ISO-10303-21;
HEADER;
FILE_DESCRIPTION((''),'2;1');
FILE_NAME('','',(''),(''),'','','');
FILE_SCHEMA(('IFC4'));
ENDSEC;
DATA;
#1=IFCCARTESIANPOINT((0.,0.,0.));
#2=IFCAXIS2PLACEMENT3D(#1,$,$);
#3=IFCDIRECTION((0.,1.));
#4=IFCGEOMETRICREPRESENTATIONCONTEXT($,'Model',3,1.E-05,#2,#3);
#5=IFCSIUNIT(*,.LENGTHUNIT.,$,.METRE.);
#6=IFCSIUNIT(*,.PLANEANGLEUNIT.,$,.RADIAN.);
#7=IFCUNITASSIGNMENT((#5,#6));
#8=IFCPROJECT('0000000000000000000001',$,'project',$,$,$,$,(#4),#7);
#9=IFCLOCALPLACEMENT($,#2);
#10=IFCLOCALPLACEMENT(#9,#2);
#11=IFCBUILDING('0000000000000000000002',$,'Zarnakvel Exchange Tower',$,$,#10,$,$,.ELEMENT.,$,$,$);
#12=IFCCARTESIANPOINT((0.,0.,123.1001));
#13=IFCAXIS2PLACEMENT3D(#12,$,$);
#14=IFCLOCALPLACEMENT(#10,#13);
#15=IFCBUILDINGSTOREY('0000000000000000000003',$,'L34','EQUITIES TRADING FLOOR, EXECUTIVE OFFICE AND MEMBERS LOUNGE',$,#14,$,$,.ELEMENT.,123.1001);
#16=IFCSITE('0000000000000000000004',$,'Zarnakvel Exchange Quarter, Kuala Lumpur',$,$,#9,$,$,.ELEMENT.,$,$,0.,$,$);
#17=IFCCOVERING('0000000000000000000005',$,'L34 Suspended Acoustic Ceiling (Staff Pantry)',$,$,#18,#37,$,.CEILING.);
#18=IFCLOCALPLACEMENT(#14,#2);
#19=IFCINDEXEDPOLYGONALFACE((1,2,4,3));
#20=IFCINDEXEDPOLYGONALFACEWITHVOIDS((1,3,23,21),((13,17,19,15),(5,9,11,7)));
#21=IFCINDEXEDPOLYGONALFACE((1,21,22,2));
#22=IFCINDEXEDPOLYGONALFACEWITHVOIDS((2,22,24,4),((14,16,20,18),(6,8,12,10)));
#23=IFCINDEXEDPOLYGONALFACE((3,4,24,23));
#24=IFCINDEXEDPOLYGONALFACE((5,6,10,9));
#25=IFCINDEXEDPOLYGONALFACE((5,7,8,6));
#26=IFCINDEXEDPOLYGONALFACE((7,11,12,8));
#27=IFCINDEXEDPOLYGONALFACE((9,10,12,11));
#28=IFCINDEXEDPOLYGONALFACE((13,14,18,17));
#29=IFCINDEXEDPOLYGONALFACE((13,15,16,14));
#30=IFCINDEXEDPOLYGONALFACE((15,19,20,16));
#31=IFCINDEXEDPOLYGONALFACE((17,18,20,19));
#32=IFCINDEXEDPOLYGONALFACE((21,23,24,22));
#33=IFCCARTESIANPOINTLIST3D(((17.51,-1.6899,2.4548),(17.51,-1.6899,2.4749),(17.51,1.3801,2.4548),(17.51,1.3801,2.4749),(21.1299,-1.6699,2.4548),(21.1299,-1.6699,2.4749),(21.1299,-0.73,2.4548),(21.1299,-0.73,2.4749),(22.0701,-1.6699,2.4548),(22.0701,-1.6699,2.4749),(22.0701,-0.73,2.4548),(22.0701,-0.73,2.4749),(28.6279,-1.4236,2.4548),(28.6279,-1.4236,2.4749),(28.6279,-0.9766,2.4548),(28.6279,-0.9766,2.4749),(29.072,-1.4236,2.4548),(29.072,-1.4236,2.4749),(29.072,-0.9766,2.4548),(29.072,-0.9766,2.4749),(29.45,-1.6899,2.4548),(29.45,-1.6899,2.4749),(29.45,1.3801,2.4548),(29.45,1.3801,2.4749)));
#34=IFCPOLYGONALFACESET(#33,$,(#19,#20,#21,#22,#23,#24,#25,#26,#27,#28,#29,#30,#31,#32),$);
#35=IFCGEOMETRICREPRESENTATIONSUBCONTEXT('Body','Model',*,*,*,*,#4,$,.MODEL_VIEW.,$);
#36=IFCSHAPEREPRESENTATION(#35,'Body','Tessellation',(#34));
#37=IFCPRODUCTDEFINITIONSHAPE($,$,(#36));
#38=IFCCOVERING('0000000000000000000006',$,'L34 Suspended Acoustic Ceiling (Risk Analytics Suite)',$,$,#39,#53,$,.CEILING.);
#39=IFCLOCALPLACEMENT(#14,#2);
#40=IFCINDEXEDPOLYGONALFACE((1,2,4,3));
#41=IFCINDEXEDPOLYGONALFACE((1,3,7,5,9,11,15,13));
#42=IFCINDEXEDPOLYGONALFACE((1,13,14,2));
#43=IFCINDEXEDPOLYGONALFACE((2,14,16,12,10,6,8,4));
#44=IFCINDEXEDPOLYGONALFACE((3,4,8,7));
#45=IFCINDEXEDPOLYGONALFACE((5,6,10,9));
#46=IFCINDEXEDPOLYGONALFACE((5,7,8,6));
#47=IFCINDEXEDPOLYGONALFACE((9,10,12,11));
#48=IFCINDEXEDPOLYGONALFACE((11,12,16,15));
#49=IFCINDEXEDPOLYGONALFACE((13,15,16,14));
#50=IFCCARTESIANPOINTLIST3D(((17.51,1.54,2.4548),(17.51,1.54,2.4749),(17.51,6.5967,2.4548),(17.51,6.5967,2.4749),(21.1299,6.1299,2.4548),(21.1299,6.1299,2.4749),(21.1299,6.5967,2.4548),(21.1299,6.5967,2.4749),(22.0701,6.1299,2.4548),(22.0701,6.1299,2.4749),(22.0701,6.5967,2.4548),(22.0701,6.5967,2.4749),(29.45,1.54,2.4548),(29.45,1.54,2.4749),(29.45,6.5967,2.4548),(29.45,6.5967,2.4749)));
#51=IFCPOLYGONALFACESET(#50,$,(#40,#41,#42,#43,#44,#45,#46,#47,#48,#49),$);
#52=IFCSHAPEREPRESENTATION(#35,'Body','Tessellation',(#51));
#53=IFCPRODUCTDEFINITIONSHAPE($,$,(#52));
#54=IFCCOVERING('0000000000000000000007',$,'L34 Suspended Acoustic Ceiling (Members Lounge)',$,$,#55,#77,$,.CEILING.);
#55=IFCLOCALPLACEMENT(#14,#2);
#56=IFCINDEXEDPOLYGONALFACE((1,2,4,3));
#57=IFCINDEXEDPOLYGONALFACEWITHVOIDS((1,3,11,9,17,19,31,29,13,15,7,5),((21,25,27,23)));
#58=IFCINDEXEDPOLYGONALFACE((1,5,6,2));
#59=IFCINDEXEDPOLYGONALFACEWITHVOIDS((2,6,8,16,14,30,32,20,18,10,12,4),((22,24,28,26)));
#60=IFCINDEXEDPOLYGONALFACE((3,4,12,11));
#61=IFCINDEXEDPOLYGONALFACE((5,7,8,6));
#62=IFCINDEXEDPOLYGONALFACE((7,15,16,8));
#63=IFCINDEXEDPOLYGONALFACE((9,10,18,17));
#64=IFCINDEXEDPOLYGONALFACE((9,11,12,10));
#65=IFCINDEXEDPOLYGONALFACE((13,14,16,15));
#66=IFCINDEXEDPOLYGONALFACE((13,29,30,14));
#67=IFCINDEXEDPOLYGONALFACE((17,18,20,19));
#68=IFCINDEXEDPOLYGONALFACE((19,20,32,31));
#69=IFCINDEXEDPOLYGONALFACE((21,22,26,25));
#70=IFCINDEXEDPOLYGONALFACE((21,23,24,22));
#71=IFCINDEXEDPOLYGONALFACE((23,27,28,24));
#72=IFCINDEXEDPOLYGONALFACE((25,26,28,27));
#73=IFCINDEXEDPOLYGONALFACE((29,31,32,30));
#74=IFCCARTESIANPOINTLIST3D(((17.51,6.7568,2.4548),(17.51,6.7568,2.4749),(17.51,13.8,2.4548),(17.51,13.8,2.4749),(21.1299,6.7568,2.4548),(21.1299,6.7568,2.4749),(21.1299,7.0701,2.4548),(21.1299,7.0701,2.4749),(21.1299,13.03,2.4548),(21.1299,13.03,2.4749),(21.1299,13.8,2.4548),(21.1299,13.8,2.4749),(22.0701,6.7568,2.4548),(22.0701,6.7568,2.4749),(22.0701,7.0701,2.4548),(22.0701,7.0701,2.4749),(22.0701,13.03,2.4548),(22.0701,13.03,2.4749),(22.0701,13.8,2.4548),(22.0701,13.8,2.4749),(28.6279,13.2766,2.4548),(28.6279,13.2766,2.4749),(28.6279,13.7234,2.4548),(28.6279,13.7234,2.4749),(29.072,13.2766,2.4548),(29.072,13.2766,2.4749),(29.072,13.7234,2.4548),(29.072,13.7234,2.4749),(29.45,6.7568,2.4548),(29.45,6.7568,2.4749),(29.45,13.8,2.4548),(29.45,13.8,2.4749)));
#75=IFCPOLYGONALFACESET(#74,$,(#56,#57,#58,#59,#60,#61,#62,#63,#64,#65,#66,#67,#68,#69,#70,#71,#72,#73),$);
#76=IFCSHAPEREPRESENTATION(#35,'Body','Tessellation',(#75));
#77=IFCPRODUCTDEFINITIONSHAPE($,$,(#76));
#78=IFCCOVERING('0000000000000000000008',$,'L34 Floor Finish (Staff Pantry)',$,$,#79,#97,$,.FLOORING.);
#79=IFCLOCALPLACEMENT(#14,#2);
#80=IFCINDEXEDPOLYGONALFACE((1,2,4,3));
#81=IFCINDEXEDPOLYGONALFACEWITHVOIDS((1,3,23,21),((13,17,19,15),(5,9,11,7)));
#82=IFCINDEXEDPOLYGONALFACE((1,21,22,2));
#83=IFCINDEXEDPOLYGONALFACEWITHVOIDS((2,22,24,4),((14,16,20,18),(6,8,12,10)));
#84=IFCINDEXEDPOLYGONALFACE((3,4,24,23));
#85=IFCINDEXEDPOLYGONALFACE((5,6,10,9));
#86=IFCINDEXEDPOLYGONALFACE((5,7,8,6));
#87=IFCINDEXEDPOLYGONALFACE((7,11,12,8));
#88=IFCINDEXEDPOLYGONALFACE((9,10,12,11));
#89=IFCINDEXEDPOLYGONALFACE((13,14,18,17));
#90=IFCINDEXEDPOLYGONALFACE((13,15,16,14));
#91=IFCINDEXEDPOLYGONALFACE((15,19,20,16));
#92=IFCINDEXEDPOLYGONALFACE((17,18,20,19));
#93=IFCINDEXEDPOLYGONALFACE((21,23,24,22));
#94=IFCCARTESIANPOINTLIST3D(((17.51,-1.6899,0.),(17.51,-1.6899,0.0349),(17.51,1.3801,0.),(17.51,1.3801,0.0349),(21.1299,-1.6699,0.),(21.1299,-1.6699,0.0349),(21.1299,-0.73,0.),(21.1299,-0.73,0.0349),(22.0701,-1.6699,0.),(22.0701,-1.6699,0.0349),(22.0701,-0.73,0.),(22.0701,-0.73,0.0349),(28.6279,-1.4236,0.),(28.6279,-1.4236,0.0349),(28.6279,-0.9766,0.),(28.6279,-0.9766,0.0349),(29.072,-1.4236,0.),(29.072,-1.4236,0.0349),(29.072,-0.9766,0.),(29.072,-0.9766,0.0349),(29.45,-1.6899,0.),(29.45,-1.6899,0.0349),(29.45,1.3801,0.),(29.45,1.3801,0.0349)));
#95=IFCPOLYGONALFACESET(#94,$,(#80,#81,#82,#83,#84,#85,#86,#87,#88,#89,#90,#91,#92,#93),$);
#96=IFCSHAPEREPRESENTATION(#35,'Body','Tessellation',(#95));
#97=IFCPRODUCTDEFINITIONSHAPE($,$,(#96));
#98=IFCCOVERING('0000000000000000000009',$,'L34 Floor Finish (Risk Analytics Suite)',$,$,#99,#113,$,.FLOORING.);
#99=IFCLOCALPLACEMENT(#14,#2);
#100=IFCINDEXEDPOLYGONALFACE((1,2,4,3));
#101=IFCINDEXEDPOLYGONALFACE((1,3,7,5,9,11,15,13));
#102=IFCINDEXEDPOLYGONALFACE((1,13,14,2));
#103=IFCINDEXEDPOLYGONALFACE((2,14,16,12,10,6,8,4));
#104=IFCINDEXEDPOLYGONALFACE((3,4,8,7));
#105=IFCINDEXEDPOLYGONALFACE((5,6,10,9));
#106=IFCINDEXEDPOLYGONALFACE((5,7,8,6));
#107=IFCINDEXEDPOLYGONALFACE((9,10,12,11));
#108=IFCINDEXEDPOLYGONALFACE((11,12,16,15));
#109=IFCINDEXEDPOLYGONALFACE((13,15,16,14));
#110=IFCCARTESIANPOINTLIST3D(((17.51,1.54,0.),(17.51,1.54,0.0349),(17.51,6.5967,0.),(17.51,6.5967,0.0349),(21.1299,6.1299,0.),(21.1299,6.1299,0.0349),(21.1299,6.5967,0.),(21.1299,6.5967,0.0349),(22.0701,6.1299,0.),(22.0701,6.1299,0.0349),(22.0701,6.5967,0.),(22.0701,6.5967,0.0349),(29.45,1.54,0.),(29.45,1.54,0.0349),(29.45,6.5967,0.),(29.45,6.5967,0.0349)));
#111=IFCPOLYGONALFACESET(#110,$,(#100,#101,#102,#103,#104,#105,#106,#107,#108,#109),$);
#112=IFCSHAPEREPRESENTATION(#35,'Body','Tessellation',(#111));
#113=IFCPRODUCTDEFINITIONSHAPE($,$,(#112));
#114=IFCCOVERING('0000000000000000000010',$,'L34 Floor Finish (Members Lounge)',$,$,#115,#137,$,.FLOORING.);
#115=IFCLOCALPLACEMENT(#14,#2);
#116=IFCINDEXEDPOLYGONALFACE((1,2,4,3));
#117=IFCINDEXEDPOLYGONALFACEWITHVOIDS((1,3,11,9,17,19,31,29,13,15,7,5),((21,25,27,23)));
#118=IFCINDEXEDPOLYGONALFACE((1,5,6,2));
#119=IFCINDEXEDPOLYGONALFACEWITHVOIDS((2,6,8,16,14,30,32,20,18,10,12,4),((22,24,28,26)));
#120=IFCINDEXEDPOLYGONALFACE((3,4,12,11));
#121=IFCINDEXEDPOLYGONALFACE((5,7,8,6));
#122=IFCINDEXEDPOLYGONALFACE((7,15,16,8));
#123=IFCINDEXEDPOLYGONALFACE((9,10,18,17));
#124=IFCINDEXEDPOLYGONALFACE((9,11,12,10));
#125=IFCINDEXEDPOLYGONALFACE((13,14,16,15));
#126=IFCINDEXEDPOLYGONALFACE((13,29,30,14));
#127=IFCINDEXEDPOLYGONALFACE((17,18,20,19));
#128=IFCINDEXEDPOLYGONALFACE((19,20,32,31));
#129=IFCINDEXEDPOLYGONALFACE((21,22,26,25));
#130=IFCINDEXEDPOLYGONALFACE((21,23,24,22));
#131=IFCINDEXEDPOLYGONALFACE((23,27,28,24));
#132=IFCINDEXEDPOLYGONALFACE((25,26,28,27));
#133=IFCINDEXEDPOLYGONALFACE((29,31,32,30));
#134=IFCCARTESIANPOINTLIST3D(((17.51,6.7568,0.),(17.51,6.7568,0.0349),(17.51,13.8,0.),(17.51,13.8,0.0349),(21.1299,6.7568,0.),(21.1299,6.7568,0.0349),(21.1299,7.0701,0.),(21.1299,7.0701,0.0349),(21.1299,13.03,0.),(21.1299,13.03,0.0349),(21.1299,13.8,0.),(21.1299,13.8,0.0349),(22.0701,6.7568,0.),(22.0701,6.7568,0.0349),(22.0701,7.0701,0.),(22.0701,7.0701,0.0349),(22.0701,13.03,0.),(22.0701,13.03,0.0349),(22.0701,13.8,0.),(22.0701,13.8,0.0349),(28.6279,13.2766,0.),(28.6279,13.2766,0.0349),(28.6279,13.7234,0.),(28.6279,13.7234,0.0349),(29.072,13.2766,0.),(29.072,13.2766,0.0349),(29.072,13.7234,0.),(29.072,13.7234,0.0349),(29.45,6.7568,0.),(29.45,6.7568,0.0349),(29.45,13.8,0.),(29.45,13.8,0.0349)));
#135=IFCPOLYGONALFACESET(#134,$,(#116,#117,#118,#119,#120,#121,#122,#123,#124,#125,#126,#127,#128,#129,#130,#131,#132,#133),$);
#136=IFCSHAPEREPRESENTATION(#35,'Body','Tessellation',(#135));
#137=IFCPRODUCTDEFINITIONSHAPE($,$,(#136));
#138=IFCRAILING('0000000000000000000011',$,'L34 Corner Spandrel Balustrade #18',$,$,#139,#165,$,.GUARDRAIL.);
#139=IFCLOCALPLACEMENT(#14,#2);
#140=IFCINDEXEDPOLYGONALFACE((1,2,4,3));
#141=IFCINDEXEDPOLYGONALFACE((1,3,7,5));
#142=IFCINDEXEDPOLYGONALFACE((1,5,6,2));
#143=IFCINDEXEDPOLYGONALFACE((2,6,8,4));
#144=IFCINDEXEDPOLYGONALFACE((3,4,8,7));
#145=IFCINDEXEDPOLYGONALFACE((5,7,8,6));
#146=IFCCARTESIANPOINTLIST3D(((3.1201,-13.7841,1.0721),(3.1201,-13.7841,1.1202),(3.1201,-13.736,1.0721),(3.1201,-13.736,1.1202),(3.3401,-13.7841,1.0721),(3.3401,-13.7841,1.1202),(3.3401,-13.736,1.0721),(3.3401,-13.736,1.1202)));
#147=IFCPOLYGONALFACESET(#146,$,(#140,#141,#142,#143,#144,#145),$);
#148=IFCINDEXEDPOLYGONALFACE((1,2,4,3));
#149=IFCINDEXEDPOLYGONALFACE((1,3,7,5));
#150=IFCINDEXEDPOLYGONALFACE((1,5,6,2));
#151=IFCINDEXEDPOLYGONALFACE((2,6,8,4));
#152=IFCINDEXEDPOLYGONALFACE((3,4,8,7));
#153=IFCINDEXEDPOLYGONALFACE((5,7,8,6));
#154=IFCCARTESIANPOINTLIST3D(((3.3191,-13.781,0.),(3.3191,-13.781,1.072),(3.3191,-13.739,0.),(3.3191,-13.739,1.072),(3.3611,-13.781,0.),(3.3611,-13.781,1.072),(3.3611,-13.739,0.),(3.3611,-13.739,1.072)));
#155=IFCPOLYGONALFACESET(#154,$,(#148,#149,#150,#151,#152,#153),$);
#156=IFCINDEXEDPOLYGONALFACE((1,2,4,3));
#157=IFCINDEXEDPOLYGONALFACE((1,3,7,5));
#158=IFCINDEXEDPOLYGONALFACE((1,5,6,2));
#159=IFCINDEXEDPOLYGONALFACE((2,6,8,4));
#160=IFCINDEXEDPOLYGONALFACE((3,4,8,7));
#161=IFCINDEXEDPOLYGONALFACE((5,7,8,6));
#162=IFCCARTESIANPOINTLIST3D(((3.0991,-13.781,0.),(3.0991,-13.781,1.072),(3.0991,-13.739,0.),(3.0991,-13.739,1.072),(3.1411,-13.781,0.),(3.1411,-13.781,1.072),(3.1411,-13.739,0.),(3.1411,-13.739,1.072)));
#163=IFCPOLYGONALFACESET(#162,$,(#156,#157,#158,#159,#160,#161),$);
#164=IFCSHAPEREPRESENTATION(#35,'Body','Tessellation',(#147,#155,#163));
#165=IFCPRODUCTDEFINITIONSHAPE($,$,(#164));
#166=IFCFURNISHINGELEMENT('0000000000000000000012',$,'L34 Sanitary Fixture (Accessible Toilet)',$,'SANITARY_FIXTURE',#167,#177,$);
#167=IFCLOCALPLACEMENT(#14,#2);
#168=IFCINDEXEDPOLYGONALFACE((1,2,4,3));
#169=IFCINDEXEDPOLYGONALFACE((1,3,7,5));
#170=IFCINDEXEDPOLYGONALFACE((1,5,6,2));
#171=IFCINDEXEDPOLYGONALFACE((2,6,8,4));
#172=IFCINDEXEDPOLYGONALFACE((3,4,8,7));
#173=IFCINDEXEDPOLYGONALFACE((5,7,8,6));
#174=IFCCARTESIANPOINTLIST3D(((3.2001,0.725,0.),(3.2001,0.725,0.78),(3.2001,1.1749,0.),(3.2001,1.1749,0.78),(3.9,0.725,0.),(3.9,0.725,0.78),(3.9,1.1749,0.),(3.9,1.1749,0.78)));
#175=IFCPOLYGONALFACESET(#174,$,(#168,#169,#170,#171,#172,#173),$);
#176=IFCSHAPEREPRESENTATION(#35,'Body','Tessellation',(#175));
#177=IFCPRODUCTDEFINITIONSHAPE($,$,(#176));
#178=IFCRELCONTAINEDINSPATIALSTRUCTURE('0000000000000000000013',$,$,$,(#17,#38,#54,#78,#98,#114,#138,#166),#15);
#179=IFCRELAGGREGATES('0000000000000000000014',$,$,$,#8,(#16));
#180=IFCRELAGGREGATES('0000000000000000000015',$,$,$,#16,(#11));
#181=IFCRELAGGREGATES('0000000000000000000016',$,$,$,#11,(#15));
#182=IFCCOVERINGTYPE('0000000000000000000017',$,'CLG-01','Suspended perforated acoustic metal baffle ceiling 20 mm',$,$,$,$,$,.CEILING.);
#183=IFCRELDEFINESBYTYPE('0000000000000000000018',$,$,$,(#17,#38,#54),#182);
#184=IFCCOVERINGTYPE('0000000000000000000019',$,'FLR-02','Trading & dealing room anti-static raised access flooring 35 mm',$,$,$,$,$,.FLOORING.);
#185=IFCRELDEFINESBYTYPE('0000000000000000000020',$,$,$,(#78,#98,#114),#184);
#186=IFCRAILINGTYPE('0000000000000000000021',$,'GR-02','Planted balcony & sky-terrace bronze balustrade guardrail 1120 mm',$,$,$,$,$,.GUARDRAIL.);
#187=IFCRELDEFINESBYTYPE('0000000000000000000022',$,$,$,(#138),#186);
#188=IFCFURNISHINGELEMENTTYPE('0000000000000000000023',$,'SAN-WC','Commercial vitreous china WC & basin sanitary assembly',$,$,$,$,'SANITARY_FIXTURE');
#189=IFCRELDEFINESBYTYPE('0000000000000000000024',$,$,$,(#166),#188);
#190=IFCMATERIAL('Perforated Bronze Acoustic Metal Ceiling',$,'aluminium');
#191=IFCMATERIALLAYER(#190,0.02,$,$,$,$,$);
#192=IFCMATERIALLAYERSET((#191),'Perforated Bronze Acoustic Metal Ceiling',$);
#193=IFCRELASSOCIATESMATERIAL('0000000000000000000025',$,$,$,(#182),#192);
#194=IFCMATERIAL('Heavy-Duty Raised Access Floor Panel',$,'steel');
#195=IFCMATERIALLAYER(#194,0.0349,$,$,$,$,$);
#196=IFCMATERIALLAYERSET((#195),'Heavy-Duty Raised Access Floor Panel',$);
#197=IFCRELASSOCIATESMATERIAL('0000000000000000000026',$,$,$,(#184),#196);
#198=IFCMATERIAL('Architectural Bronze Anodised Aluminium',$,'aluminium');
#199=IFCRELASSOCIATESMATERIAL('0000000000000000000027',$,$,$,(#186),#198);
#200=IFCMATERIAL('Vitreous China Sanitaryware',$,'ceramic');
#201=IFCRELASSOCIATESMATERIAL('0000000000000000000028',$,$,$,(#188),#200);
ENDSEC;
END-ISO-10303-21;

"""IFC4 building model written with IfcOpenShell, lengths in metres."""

from ifc_helpers import new_model, si_unit, direction, frame, origin, origin_2d, place, context, subcontext, project, spatial, polyline, rectangle, outline, extrude, source, transform, mapped, material, layer, layer_set, type_object, element, save


model = new_model("IFC4")

# Units and contexts
model_context = context("Model", 3, precision=1e-05, world=origin(), true_north=direction((0.0, 1.0)))
body_context = subcontext(model_context, "Body", "Model", "MODEL_VIEW")
ifc_project = project(units=[si_unit("LENGTHUNIT", "METRE"), si_unit("PLANEANGLEUNIT", "RADIAN")], contexts=[model_context])

# Site, building, storey
site_placement = place(None, origin())
site = spatial("IfcSite", under=ifc_project, at=site_placement, Name="Zarnakvel Exchange Quarter, Kuala Lumpur", CompositionType="ELEMENT", RefElevation=0.0)
building_placement = place(site_placement, origin())
building = spatial("IfcBuilding", under=site, at=building_placement, Name="Zarnakvel Exchange Tower", CompositionType="ELEMENT")
storey_placement = place(building_placement, frame((0.0, 0.0, 123.1001)))
storey = spatial("IfcBuildingStorey", under=building, at=storey_placement, Name="L34", Description="EQUITIES TRADING FLOOR, EXECUTIVE OFFICE AND MEMBERS LOUNGE", CompositionType="ELEMENT", Elevation=123.1001)

# Coverings
ifc_material_1 = material(Name="Perforated Bronze Acoustic Metal Ceiling", Category="aluminium")
ifc_layer_1 = layer(ifc_material_1, 0.02)
ifc_layer_set_1 = layer_set([ifc_layer_1], Name="Perforated Bronze Acoustic Metal Ceiling")
covering_type_1 = type_object("IfcCoveringType", Name="CLG-01", Description="Suspended perforated acoustic metal baffle ceiling 20 mm", PredefinedType="CEILING", material=ifc_layer_set_1)
covering_1_placement = place(storey_placement, frame((0.0, 0.0, 2.4548)))
element("IfcCovering", 1, at=covering_1_placement, inside=storey, type_object=covering_type_1, Name="L34 Suspended Acoustic Ceiling (Staff Pantry)", PredefinedType="CEILING", context=body_context, shape_type="SweptSolid", body=[
    extrude(outline(polyline([(17.51, 1.3801), (29.45, 1.3801), (29.45, -1.6899), (17.51, -1.6899), (17.51, 1.3801)]), holes=[polyline([(28.6279, -1.4236), (29.072, -1.4236), (29.072, -0.9766), (28.6279, -0.9766), (28.6279, -1.4236)]), polyline([(22.0701, -1.6699), (22.0701, -0.73), (21.1299, -0.73), (21.1299, -1.6699), (22.0701, -1.6699)])]), origin(), (0.0, 0.0, 1.0), 0.02),
])
covering_2_placement = place(storey_placement, frame((0.0, 0.0, 2.4548)))
element("IfcCovering", 2, at=covering_2_placement, inside=storey, type_object=covering_type_1, Name="L34 Suspended Acoustic Ceiling (Risk Analytics Suite)", PredefinedType="CEILING", context=body_context, shape_type="SweptSolid", body=[
    extrude(outline(polyline([(17.51, 6.5967), (21.1299, 6.5967), (21.1299, 6.1299), (22.0701, 6.1299), (22.0701, 6.5967), (29.45, 6.5967), (29.45, 1.54), (17.51, 1.54), (17.51, 6.5967)])), origin(), (0.0, 0.0, 1.0), 0.02),
])
covering_3_placement = place(storey_placement, frame((0.0, 0.0, 2.4548)))
element("IfcCovering", 3, at=covering_3_placement, inside=storey, type_object=covering_type_1, Name="L34 Suspended Acoustic Ceiling (Members Lounge)", PredefinedType="CEILING", context=body_context, shape_type="SweptSolid", body=[
    extrude(outline(polyline([(17.51, 13.8), (21.1299, 13.8), (21.1299, 13.03), (22.0701, 13.03), (22.0701, 13.8), (29.45, 13.8), (29.45, 6.7568), (22.0701, 6.7568), (22.0701, 7.0701), (21.1299, 7.0701), (21.1299, 6.7568), (17.51, 6.7568), (17.51, 13.8)]), holes=[polyline([(28.6279, 13.2766), (29.072, 13.2766), (29.072, 13.7234), (28.6279, 13.7234), (28.6279, 13.2766)])]), origin(), (0.0, 0.0, 1.0), 0.02),
])
ifc_material_2 = material(Name="Heavy-Duty Raised Access Floor Panel", Category="steel")
ifc_layer_2 = layer(ifc_material_2, 0.0349)
ifc_layer_set_2 = layer_set([ifc_layer_2], Name="Heavy-Duty Raised Access Floor Panel")
covering_type_2 = type_object("IfcCoveringType", Name="FLR-02", Description="Trading & dealing room anti-static raised access flooring 35 mm", PredefinedType="FLOORING", material=ifc_layer_set_2)
covering_4_placement = place(storey_placement, origin())
element("IfcCovering", 4, at=covering_4_placement, inside=storey, type_object=covering_type_2, Name="L34 Floor Finish (Staff Pantry)", PredefinedType="FLOORING", context=body_context, shape_type="SweptSolid", body=[
    extrude(outline(polyline([(17.51, 1.3801), (29.45, 1.3801), (29.45, -1.6899), (17.51, -1.6899), (17.51, 1.3801)]), holes=[polyline([(28.6279, -1.4236), (29.072, -1.4236), (29.072, -0.9766), (28.6279, -0.9766), (28.6279, -1.4236)]), polyline([(22.0701, -1.6699), (22.0701, -0.73), (21.1299, -0.73), (21.1299, -1.6699), (22.0701, -1.6699)])]), origin(), (0.0, 0.0, 1.0), 0.0349),
])
covering_5_placement = place(storey_placement, origin())
element("IfcCovering", 5, at=covering_5_placement, inside=storey, type_object=covering_type_2, Name="L34 Floor Finish (Risk Analytics Suite)", PredefinedType="FLOORING", context=body_context, shape_type="SweptSolid", body=[
    extrude(outline(polyline([(17.51, 6.5967), (21.1299, 6.5967), (21.1299, 6.1299), (22.0701, 6.1299), (22.0701, 6.5967), (29.45, 6.5967), (29.45, 1.54), (17.51, 1.54), (17.51, 6.5967)])), origin(), (0.0, 0.0, 1.0), 0.0349),
])
covering_6_placement = place(storey_placement, origin())
element("IfcCovering", 6, at=covering_6_placement, inside=storey, type_object=covering_type_2, Name="L34 Floor Finish (Members Lounge)", PredefinedType="FLOORING", context=body_context, shape_type="SweptSolid", body=[
    extrude(outline(polyline([(17.51, 13.8), (21.1299, 13.8), (21.1299, 13.03), (22.0701, 13.03), (22.0701, 13.8), (29.45, 13.8), (29.45, 6.7568), (22.0701, 6.7568), (22.0701, 7.0701), (21.1299, 7.0701), (21.1299, 6.7568), (17.51, 6.7568), (17.51, 13.8)]), holes=[polyline([(28.6279, 13.2766), (29.072, 13.2766), (29.072, 13.7234), (28.6279, 13.7234), (28.6279, 13.2766)])]), origin(), (0.0, 0.0, 1.0), 0.0349),
])

# Railing
ifc_material_3 = material(Name="Architectural Bronze Anodised Aluminium", Category="aluminium")
railing_type = type_object("IfcRailingType", Name="GR-02", Description="Planted balcony & sky-terrace bronze balustrade guardrail 1120 mm", PredefinedType="GUARDRAIL", material=ifc_material_3)
railing_placement = place(storey_placement, frame((3.3401, -13.76, 0.0)))
element("IfcRailing", 7, at=railing_placement, inside=storey, type_object=railing_type, Name="L34 Corner Spandrel Balustrade #18", PredefinedType="GUARDRAIL", context=body_context, shape_type="SweptSolid", body=[
    extrude(rectangle(XDim=0.0481, YDim=0.0481, at=origin_2d()), frame((0.0, 0.0, 1.0962), z_axis=(-1.0, 0.0, 0.0), x_axis=(0.0, -1.0, 0.0)), (0.0, 0.0, 1.0), 0.22),
    extrude(rectangle(XDim=0.042, YDim=0.042, at=origin_2d()), origin(), (0.0, 0.0, 1.0), 1.072),
    extrude(rectangle(XDim=0.042, YDim=0.042, at=origin_2d()), frame((-0.22, 0.0, 0.0)), (0.0, 0.0, 1.0), 1.072),
])

# Furnishing element
ifc_material_4 = material(Name="Vitreous China Sanitaryware", Category="ceramic")
furnishing_element_type = type_object("IfcFurnishingElementType", Name="SAN-WC", Description="Commercial vitreous china WC & basin sanitary assembly", ElementType="SANITARY_FIXTURE", material=ifc_material_4)
shared_shape_1 = source(origin(), body_context, "Body", "SweptSolid", [
    extrude(rectangle(XDim=0.7, YDim=0.45, at=origin_2d()), origin(), (0.0, 0.0, 1.0), 0.78),
])
furnishing_placement = place(storey_placement, frame((3.55, 0.95, 0.0), z_axis=(0.0, 0.0, 1.0), x_axis=(1.0, 0.0, 0.0)))
element("IfcFurnishingElement", 8, at=furnishing_placement, inside=storey, type_object=furnishing_element_type, Name="L34 Sanitary Fixture (Accessible Toilet)", ObjectType="SANITARY_FIXTURE", context=body_context, shape_type="MappedRepresentation", body=[
    mapped(shared_shape_1, transform((0.0, 0.0, 0.0), x_axis=(1.0, 0.0, 0.0), y_axis=(0.0, 1.0, 0.0), z_axis=(0.0, 0.0, 1.0), scale=1.0)),
])

save(model, "model.ifc")
